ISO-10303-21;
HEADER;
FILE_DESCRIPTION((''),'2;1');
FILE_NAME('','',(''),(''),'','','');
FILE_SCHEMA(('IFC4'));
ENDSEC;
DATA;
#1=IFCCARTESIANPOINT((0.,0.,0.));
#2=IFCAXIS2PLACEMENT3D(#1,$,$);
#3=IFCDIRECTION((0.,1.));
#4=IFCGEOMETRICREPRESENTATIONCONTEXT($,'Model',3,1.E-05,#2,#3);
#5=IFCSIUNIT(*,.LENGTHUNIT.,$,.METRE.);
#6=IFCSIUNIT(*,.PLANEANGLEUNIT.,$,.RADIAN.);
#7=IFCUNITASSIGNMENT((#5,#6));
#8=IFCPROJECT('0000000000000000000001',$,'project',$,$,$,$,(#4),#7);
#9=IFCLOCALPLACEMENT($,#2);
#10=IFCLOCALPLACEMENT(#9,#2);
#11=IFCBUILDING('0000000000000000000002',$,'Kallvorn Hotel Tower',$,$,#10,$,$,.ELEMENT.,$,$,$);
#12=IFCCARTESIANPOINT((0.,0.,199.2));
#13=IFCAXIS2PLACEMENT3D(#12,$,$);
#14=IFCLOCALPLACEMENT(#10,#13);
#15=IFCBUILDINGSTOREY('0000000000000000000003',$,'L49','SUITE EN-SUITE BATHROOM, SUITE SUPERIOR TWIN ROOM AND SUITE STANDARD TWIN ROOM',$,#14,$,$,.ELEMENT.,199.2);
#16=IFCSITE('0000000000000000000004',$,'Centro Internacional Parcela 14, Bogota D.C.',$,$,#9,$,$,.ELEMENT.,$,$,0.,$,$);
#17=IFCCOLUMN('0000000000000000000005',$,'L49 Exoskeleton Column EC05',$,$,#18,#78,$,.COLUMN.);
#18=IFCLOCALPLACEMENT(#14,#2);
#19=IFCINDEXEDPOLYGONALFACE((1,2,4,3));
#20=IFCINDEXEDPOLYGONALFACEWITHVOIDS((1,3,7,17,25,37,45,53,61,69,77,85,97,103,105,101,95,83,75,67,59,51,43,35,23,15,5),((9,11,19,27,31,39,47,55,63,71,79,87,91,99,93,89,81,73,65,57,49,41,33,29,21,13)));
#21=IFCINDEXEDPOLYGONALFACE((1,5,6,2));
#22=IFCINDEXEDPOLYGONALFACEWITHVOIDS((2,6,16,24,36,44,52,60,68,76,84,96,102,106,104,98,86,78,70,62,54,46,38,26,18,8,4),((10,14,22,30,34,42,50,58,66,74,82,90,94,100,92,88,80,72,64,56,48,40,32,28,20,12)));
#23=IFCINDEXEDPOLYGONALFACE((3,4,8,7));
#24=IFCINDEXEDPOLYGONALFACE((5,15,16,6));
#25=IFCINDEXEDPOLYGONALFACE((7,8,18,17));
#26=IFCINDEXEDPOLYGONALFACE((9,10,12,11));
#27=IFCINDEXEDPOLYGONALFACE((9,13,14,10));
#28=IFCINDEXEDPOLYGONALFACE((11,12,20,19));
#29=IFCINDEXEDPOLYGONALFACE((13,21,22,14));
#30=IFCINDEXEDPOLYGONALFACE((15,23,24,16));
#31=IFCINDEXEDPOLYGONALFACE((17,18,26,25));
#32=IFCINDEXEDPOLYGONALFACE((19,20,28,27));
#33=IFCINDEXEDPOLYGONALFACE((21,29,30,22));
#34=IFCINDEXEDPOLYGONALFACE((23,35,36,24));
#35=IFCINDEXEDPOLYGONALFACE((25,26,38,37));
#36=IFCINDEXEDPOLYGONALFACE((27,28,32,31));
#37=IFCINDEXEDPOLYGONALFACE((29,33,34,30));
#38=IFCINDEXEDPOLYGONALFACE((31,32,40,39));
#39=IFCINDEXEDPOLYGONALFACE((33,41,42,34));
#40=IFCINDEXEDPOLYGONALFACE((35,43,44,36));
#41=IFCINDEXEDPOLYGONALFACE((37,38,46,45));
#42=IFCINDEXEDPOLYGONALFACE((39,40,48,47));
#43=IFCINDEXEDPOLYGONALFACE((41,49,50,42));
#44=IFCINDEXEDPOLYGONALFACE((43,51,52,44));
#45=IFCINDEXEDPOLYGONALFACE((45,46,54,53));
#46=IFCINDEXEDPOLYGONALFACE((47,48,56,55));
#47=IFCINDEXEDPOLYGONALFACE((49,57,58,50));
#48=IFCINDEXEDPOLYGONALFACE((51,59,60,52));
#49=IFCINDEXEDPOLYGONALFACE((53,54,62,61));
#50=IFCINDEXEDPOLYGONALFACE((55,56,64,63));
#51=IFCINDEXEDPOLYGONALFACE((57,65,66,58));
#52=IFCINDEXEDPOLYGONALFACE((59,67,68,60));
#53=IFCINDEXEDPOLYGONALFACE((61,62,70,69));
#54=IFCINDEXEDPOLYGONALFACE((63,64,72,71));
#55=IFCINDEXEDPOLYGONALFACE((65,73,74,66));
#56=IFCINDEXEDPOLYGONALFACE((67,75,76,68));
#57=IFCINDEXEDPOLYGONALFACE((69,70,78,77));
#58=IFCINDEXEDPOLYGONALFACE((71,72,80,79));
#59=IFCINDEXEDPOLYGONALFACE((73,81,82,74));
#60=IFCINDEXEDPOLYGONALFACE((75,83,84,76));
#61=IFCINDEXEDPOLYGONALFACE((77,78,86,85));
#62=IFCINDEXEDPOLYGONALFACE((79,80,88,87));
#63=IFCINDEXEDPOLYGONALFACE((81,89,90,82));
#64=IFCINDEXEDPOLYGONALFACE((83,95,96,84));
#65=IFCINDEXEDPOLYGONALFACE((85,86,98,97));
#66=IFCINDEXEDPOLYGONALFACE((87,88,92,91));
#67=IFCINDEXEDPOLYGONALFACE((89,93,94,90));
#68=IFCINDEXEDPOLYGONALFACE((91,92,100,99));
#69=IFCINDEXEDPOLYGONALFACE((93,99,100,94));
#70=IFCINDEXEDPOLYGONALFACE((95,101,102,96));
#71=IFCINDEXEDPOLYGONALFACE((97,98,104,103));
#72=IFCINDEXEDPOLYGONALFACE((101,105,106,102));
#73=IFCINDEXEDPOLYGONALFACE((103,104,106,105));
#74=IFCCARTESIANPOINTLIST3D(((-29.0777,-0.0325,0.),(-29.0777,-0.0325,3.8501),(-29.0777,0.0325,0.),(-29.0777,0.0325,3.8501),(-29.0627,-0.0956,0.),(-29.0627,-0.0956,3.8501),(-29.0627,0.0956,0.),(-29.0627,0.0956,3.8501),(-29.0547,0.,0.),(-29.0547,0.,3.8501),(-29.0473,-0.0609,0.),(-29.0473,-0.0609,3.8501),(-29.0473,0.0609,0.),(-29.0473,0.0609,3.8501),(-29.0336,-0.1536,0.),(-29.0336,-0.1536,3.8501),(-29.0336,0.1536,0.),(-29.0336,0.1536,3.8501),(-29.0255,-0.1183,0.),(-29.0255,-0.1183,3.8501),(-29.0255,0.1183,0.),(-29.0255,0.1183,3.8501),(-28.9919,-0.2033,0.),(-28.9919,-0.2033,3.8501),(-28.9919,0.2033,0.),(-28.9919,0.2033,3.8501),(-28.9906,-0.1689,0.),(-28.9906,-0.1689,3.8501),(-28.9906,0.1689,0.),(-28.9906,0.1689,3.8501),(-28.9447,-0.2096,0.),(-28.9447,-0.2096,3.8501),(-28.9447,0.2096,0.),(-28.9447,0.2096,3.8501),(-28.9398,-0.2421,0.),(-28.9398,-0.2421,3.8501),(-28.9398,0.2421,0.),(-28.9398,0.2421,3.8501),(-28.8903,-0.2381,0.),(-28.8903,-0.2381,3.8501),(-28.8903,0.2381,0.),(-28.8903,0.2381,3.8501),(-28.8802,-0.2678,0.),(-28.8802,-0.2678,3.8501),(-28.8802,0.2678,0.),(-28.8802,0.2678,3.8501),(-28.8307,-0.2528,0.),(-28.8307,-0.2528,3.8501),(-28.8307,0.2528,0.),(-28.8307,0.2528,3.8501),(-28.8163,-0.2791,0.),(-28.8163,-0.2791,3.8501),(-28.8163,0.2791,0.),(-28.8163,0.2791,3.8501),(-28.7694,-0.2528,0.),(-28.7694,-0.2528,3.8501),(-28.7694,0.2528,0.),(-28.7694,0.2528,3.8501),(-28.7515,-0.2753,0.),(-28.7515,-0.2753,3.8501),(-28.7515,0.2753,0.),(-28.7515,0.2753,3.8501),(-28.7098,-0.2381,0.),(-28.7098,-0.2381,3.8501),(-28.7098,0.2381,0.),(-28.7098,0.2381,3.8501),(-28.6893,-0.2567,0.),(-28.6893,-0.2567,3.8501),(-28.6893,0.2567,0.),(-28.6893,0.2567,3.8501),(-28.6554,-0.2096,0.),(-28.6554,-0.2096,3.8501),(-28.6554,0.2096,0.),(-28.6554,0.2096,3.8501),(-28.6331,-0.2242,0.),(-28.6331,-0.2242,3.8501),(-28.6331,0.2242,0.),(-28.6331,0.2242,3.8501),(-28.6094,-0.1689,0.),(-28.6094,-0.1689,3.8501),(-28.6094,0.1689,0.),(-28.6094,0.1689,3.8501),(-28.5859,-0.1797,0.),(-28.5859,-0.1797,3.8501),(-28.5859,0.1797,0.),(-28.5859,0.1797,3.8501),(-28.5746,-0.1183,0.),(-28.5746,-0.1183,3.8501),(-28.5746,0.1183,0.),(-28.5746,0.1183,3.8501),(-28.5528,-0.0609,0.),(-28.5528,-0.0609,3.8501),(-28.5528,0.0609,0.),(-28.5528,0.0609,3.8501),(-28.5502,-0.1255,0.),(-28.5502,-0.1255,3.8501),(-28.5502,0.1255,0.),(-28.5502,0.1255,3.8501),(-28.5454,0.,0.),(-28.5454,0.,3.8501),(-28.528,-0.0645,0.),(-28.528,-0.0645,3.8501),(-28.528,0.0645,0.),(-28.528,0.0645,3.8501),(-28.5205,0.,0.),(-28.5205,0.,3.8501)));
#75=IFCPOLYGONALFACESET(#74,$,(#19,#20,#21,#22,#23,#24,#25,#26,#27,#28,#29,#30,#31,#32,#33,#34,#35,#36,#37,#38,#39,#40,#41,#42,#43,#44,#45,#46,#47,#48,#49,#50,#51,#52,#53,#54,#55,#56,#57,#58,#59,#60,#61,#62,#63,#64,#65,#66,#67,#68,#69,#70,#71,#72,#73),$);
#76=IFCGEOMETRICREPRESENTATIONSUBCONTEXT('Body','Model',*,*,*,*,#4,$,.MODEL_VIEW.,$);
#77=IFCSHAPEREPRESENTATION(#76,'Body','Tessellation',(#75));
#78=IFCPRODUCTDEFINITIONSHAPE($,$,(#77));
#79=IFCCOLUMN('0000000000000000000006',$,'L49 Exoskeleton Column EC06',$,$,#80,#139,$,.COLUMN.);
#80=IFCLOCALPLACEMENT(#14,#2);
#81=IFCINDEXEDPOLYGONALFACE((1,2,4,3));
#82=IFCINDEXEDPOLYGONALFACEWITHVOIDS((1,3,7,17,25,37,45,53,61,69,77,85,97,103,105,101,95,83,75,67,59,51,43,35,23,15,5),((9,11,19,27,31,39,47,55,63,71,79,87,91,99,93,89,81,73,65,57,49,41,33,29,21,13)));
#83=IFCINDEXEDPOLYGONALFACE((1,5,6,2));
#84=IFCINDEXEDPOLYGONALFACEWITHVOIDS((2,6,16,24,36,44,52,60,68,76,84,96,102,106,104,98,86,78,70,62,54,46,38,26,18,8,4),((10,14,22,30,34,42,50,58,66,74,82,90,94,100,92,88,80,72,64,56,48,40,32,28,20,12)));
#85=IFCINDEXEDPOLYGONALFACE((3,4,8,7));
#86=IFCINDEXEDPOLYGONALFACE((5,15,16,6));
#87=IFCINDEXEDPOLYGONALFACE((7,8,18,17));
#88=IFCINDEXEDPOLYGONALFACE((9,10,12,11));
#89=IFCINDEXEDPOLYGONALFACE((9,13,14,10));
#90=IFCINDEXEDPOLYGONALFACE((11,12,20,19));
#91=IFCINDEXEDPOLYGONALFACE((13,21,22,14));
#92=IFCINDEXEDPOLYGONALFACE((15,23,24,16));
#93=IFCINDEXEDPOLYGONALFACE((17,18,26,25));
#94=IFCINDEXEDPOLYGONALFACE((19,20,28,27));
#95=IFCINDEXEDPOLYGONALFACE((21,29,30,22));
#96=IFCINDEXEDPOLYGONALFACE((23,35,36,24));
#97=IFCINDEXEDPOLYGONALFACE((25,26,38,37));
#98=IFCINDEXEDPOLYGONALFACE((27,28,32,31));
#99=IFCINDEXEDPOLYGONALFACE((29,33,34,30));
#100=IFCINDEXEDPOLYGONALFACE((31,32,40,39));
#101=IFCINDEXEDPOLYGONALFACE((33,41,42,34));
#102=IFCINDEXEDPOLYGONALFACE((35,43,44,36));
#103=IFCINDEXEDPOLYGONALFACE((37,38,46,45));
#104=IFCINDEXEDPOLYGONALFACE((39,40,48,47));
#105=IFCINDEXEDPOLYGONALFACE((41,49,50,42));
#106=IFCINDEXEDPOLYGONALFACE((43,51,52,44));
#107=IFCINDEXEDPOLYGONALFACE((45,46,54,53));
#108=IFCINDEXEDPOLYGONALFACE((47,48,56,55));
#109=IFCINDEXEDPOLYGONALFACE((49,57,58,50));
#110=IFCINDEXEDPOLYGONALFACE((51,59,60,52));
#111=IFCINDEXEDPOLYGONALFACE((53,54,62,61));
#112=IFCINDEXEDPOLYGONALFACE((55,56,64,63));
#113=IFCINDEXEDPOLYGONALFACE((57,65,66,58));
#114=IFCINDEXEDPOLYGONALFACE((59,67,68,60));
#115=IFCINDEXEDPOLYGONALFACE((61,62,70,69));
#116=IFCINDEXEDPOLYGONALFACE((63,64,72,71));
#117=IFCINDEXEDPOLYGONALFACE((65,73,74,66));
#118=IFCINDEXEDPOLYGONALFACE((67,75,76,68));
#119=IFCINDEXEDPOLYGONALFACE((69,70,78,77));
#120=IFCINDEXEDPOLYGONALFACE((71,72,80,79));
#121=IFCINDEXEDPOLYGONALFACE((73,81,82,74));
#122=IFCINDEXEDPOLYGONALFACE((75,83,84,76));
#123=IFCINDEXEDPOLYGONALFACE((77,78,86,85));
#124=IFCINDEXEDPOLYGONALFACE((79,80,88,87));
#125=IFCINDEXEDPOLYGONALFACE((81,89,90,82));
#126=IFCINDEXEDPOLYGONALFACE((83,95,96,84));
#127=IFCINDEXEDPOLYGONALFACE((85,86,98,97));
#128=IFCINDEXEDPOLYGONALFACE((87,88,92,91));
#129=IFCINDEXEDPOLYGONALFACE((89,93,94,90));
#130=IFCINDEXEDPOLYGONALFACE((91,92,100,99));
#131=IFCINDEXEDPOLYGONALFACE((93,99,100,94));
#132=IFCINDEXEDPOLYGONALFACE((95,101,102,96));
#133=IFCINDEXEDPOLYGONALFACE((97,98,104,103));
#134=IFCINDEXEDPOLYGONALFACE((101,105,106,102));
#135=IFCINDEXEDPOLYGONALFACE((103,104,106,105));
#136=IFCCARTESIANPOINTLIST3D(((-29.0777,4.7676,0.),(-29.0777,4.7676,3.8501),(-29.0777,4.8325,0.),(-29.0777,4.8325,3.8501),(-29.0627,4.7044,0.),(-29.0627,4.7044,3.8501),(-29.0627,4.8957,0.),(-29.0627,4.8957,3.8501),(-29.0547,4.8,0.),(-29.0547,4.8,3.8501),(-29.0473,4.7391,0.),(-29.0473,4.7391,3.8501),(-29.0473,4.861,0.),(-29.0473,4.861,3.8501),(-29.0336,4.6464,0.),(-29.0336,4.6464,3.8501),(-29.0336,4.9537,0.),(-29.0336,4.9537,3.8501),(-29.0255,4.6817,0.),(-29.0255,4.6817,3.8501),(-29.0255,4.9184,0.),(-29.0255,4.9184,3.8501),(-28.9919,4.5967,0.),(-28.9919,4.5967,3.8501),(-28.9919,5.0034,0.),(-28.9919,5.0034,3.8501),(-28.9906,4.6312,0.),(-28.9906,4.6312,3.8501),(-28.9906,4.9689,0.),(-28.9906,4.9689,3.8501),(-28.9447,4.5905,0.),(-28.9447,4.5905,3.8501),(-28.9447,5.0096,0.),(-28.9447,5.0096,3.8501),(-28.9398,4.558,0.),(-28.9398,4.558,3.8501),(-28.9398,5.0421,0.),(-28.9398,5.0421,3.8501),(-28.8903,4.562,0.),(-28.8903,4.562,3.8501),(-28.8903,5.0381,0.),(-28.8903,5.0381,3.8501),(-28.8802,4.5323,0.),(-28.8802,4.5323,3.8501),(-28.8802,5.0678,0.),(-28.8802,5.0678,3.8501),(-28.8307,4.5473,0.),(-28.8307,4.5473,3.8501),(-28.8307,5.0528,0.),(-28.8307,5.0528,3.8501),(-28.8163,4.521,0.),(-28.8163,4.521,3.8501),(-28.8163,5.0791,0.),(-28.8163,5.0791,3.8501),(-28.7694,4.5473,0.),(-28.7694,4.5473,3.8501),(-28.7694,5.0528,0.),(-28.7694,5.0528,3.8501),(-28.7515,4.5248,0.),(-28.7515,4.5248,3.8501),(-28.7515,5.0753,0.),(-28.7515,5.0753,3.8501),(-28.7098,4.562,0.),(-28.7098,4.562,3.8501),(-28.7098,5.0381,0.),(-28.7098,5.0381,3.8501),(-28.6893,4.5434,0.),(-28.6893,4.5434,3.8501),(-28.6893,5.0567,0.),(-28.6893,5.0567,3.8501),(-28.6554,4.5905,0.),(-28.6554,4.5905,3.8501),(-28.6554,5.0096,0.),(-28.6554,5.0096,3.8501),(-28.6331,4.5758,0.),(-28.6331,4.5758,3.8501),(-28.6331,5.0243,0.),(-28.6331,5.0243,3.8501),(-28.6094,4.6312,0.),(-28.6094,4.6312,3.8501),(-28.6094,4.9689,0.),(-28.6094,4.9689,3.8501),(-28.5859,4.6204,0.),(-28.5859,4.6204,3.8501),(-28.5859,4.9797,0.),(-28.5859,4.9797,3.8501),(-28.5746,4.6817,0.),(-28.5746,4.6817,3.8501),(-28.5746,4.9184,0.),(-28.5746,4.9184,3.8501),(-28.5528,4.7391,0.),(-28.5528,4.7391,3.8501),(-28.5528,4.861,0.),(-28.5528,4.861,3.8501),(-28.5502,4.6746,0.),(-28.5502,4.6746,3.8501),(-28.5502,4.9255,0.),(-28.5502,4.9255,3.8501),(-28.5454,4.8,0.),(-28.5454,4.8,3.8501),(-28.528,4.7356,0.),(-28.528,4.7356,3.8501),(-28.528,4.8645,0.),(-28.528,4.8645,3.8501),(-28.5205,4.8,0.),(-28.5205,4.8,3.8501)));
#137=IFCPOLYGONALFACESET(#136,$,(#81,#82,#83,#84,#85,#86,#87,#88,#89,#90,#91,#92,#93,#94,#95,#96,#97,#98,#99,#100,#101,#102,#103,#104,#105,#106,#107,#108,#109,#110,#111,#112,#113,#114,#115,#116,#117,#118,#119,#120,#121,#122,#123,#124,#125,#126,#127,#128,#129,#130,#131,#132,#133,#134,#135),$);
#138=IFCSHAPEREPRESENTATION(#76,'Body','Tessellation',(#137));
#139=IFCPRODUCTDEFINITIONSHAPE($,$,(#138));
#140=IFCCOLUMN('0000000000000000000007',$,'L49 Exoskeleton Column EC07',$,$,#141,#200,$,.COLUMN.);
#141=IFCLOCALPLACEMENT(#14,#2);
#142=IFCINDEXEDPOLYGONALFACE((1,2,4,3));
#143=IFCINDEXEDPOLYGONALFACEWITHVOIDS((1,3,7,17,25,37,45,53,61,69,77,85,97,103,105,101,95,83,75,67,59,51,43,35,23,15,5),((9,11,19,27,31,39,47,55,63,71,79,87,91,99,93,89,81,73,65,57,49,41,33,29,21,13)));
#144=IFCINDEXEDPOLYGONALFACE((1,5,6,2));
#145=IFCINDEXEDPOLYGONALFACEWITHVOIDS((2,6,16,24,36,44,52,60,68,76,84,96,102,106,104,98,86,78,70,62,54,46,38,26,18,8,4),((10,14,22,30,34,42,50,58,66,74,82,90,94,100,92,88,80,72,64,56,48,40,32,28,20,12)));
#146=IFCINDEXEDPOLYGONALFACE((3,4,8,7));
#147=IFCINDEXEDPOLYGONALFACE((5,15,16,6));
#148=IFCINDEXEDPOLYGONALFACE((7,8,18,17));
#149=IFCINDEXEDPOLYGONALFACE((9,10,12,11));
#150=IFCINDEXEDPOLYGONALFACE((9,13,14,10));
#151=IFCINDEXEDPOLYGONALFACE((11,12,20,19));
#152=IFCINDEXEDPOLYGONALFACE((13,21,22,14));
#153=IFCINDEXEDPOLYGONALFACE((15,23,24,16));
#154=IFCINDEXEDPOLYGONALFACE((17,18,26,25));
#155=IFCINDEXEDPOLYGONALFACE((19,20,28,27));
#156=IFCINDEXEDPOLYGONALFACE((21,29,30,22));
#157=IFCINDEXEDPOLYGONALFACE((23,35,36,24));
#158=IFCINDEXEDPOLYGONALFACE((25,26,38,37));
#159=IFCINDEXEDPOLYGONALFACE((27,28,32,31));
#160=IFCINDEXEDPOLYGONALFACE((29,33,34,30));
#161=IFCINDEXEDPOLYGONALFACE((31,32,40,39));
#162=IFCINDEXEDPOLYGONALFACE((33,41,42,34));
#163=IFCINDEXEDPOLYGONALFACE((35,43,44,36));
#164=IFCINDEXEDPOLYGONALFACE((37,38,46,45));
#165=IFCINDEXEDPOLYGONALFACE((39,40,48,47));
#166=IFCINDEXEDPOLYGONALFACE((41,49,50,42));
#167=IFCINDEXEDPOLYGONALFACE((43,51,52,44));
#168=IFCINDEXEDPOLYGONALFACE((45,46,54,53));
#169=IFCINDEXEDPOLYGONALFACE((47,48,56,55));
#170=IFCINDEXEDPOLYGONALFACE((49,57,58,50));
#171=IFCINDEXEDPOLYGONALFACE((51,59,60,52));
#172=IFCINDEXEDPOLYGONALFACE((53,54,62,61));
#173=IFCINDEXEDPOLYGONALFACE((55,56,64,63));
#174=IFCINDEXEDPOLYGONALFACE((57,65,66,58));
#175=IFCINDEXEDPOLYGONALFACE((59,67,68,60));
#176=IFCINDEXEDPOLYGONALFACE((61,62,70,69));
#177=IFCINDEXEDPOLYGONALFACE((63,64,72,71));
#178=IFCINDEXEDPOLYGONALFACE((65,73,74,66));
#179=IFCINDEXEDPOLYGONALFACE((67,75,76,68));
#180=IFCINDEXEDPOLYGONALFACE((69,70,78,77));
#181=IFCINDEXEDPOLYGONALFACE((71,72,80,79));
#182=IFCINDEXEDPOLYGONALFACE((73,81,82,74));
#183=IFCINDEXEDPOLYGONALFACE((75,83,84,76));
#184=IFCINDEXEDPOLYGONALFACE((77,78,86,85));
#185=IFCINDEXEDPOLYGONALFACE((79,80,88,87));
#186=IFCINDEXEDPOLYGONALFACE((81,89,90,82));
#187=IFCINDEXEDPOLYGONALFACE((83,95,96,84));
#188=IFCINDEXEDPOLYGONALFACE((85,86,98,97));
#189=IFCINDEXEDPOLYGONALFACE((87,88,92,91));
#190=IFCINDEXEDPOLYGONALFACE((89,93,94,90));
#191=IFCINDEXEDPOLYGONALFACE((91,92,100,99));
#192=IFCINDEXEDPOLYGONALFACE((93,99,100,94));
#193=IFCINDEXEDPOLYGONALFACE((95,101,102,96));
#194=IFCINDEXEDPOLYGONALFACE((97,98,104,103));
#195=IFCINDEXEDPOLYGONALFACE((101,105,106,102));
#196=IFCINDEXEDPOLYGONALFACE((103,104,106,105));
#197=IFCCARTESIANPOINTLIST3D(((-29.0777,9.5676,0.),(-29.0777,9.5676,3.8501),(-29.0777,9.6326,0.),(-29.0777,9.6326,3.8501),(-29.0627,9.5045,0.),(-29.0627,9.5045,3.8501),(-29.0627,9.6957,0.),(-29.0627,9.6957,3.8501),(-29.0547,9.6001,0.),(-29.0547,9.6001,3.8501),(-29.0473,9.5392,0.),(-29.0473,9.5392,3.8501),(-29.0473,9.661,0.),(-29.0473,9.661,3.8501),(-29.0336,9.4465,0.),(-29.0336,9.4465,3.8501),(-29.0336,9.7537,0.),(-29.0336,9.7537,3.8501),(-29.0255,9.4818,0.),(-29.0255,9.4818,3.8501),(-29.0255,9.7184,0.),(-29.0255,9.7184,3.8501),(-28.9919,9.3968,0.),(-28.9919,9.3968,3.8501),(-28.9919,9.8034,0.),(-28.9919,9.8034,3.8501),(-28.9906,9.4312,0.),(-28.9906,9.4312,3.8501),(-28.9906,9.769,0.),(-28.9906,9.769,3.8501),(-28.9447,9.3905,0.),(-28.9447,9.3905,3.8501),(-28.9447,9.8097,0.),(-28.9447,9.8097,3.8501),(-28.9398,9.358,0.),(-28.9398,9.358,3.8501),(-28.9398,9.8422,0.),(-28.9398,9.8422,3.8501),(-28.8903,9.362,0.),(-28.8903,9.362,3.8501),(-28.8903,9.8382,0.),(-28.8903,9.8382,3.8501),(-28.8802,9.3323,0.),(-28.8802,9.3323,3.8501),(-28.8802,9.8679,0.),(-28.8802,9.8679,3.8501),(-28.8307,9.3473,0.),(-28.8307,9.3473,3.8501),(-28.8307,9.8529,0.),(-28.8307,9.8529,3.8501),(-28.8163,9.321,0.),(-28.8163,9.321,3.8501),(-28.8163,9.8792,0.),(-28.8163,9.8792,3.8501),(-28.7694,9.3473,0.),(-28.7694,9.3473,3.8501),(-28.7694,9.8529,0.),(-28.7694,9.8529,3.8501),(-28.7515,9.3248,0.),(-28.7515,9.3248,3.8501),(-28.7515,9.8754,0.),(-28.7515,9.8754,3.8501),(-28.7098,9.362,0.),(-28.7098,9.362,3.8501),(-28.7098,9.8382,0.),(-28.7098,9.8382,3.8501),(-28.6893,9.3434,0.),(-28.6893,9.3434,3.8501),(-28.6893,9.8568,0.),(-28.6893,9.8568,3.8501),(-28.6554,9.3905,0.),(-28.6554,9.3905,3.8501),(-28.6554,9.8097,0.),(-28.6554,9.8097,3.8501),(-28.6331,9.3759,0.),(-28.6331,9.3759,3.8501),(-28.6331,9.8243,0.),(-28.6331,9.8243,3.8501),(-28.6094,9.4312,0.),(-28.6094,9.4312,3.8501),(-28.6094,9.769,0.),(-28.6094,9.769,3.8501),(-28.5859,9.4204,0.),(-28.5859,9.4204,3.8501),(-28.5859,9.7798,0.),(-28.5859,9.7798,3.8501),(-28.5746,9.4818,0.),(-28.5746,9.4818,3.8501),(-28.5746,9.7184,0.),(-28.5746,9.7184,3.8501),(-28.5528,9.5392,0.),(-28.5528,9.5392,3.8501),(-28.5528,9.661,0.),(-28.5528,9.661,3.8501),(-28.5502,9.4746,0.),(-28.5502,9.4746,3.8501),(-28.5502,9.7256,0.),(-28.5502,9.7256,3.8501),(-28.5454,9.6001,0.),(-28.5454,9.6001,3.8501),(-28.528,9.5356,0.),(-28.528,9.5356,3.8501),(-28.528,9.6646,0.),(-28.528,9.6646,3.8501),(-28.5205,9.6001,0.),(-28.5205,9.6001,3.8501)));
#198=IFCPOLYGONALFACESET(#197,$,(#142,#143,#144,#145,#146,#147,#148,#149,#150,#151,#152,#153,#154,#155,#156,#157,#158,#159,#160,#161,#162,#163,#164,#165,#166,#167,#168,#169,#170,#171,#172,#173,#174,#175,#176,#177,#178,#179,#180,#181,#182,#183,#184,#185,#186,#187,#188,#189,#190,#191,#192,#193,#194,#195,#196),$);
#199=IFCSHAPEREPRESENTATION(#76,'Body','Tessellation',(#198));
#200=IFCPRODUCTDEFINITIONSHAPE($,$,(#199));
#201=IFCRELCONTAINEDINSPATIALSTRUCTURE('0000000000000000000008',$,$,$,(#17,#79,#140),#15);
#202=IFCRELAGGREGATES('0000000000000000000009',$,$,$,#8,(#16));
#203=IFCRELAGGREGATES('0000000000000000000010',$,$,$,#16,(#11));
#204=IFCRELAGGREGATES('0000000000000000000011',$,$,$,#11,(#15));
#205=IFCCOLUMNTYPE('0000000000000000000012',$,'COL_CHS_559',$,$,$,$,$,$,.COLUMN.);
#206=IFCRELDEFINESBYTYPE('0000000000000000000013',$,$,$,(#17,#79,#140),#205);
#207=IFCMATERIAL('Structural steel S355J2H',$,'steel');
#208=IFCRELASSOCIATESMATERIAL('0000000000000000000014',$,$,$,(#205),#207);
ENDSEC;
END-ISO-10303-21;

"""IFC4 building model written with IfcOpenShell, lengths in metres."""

from ifc_helpers import new_model, si_unit, direction, frame, origin, origin_2d, place, context, subcontext, project, spatial, hollow_circle, extrude, material, material_profile, profile_set, type_object, element, save


model = new_model("IFC4")

# Units and contexts
model_context = context("Model", 3, precision=1e-05, world=origin(), true_north=direction((0.0, 1.0)))
body_context = subcontext(model_context, "Body", "Model", "MODEL_VIEW")
ifc_project = project(units=[si_unit("LENGTHUNIT", "METRE"), si_unit("PLANEANGLEUNIT", "RADIAN")], contexts=[model_context])

# Site, building, storey
site_placement = place(None, origin())
site = spatial("IfcSite", under=ifc_project, at=site_placement, Name="Centro Internacional Parcela 14, Bogota D.C.", CompositionType="ELEMENT", RefElevation=0.0)
building_placement = place(site_placement, origin())
building = spatial("IfcBuilding", under=site, at=building_placement, Name="Kallvorn Hotel Tower", CompositionType="ELEMENT")
storey_placement = place(building_placement, frame((0.0, 0.0, 199.2)))
storey = spatial("IfcBuildingStorey", under=building, at=storey_placement, Name="L49", Description="SUITE EN-SUITE BATHROOM, SUITE SUPERIOR TWIN ROOM AND SUITE STANDARD TWIN ROOM", CompositionType="ELEMENT", Elevation=199.2)

# Columns
ifc_material_1 = material(Name="Structural steel S355J2H", Category="steel")
ifc_material_profile_1 = material_profile(ifc_material_1, hollow_circle(Radius=0.2795, WallThickness=0.0249, at=origin_2d()), Name="CHS 559x25")
ifc_profile_set_1 = profile_set([ifc_material_profile_1], Name="Structural steel S355J2H")
column_type_1 = type_object("IfcColumnType", Name="COL_CHS_559", PredefinedType="COLUMN", material=ifc_profile_set_1)
for number, where, z_axis, x_axis, name in (
    (1, (-28.8, 0.0, 0.0), (0.0, 0.0, 1.0), (1.0, 0.0, 0.0), "L49 Exoskeleton Column EC05"),
    (2, (-28.8, 4.8, 0.0), (0.0, 0.0, 1.0), (1.0, 0.0, 0.0), "L49 Exoskeleton Column EC06"),
    (3, (-28.8, 9.6001, 0.0), (0.0, 0.0, 1.0), (1.0, 0.0, 0.0), "L49 Exoskeleton Column EC07"),
):
    element("IfcColumn", number, at=place(storey_placement, frame(where, z_axis=z_axis, x_axis=x_axis)), inside=storey, type_object=column_type_1, Name=name, PredefinedType="COLUMN", context=body_context, shape_type="SweptSolid", body=[
        extrude(hollow_circle(Radius=0.2795, WallThickness=0.0249, at=origin_2d()), origin(), (0.0, 0.0, 1.0), 3.8501),
    ])

save(model, "model.ifc")
